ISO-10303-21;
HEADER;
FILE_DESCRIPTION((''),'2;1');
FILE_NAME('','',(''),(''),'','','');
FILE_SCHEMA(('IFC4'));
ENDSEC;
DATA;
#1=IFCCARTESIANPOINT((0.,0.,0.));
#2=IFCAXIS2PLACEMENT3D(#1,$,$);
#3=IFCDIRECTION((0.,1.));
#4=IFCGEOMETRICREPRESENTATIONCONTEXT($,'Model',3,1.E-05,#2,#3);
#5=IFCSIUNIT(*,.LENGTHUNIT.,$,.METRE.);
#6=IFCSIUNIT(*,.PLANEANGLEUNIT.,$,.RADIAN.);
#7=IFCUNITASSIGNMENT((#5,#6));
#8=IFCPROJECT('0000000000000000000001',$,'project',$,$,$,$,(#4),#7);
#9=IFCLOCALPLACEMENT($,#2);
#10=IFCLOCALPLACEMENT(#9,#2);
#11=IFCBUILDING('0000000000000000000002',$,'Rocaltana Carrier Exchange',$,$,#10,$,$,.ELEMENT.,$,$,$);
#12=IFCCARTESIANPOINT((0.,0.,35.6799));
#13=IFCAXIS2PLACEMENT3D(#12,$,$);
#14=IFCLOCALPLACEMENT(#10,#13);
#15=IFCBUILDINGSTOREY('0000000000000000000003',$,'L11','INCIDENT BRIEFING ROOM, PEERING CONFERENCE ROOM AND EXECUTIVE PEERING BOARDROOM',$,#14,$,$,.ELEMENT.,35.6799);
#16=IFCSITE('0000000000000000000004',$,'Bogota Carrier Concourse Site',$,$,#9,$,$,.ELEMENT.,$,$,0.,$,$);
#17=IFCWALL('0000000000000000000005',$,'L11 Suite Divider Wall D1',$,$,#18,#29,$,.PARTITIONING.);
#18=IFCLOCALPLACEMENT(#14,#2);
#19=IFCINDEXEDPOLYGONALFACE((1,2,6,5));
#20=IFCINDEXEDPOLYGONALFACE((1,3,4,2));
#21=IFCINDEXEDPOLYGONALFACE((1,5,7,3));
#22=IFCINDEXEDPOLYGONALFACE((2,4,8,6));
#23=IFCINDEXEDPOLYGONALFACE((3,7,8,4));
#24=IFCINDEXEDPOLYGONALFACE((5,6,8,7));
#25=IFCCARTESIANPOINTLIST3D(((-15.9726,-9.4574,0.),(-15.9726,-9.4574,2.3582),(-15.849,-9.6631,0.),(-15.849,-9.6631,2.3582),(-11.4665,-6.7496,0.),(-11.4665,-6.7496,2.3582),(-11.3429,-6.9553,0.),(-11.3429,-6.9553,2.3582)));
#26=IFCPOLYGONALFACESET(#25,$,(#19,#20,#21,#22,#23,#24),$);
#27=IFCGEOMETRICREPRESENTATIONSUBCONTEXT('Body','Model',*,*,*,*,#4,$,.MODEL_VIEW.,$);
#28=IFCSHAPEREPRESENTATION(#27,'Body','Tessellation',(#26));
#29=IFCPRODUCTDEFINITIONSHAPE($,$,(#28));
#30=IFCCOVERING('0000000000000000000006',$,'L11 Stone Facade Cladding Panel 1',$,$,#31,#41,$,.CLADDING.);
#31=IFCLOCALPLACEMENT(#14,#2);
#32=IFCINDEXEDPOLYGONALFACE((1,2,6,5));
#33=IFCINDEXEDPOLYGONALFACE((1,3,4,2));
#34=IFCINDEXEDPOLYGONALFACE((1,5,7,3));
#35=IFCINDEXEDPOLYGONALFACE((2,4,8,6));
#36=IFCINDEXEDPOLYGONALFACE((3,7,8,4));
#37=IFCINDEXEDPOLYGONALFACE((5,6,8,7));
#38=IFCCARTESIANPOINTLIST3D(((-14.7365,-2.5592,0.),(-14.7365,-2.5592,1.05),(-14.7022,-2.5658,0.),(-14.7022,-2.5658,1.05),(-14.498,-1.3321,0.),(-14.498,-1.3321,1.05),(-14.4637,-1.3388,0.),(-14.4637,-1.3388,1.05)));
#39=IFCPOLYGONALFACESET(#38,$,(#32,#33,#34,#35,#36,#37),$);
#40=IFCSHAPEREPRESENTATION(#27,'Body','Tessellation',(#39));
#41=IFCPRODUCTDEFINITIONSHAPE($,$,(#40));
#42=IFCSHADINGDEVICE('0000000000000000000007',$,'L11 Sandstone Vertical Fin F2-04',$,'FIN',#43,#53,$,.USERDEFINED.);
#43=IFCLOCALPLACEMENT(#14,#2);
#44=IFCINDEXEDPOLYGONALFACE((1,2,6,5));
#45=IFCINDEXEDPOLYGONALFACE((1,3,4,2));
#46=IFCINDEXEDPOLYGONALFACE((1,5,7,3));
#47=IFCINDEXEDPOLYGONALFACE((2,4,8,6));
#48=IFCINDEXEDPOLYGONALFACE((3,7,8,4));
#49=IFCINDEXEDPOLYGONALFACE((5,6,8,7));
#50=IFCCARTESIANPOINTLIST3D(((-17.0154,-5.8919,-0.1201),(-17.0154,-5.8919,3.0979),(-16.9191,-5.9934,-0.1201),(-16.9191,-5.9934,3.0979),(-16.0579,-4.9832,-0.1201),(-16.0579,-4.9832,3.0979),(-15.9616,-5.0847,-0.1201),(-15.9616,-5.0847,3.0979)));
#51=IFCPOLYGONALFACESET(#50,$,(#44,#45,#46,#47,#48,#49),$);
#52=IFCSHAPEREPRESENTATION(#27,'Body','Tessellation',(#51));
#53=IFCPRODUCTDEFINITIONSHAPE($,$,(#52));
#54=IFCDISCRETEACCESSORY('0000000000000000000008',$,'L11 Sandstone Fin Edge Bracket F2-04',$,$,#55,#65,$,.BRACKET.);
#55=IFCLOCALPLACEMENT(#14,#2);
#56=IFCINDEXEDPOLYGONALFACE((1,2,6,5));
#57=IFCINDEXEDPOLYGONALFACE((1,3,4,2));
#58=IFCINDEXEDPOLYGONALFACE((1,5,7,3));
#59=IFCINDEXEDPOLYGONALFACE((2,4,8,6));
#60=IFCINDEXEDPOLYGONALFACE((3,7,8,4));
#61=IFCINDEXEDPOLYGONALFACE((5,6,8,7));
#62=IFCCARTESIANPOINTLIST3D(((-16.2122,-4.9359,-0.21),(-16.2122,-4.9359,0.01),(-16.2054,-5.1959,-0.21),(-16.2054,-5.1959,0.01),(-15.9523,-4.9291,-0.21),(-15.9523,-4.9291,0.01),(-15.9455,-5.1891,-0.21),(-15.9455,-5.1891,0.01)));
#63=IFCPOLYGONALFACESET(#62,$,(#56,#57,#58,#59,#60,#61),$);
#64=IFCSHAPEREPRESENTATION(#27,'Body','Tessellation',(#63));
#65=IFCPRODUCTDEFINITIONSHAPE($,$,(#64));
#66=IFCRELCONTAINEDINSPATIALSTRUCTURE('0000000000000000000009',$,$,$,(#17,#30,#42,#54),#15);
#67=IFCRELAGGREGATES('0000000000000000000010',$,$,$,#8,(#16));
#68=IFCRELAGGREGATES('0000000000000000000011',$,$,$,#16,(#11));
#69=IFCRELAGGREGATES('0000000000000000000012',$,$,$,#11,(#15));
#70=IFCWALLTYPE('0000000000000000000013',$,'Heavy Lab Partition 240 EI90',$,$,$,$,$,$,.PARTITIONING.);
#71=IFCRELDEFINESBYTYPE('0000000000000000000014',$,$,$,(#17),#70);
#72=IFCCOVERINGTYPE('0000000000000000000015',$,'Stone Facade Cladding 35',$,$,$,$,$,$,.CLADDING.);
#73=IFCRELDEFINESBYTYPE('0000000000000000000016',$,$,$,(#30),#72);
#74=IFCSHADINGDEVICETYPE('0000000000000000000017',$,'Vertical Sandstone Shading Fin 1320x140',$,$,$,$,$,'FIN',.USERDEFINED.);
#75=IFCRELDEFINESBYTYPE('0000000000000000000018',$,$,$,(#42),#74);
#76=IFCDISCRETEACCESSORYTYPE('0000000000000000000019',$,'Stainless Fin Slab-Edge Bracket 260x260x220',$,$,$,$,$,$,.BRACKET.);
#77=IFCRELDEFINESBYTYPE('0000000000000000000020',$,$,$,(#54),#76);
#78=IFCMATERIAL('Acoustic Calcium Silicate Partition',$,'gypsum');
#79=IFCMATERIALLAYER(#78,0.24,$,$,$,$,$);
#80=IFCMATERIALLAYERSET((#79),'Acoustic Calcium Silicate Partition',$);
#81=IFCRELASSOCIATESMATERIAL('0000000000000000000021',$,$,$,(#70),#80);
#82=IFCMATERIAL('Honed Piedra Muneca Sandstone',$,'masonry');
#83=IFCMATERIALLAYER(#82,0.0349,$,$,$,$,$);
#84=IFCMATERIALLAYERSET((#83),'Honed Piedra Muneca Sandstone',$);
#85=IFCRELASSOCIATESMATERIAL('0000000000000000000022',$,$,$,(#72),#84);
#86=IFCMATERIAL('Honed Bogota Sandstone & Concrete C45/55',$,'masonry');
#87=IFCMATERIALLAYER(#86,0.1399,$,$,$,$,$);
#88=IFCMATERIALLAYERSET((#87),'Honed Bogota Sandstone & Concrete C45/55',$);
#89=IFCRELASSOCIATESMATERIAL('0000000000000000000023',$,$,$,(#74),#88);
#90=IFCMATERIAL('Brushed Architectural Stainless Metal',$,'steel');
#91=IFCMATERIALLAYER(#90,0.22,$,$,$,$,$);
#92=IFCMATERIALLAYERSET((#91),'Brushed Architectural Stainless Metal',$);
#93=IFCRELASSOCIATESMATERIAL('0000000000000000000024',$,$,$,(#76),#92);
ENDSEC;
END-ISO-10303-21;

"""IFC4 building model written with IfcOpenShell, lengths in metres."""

from ifc_helpers import new_model, si_unit, direction, frame, frame_2d, origin, origin_2d, place, context, subcontext, project, spatial, rectangle, extrude, material, layer, layer_set, type_object, element, save


model = new_model("IFC4")

# Units and contexts
model_context = context("Model", 3, precision=1e-05, world=origin(), true_north=direction((0.0, 1.0)))
body_context = subcontext(model_context, "Body", "Model", "MODEL_VIEW")
ifc_project = project(units=[si_unit("LENGTHUNIT", "METRE"), si_unit("PLANEANGLEUNIT", "RADIAN")], contexts=[model_context])

# Site, building, storey
site_placement = place(None, origin())
site = spatial("IfcSite", under=ifc_project, at=site_placement, Name="Bogota Carrier Concourse Site", CompositionType="ELEMENT", RefElevation=0.0)
building_placement = place(site_placement, origin())
building = spatial("IfcBuilding", under=site, at=building_placement, Name="Rocaltana Carrier Exchange", CompositionType="ELEMENT")
storey_placement = place(building_placement, frame((0.0, 0.0, 35.6799)))
storey = spatial("IfcBuildingStorey", under=building, at=storey_placement, Name="L11", Description="INCIDENT BRIEFING ROOM, PEERING CONFERENCE ROOM AND EXECUTIVE PEERING BOARDROOM", CompositionType="ELEMENT", Elevation=35.6799)

# Wall
ifc_material_1 = material(Name="Acoustic Calcium Silicate Partition", Category="gypsum")
ifc_layer_1 = layer(ifc_material_1, 0.24)
ifc_layer_set_1 = layer_set([ifc_layer_1], Name="Acoustic Calcium Silicate Partition")
wall_type_1 = type_object("IfcWallType", Name="Heavy Lab Partition 240 EI90", PredefinedType="PARTITIONING", material=ifc_layer_set_1)
wall_1_placement = place(storey_placement, frame((-11.4048, -6.8525, 0.0), z_axis=(0.0, 0.0, 1.0), x_axis=(-0.857149, -0.515069, 0.0)))
element("IfcWall", 1, at=wall_1_placement, inside=storey, type_object=wall_type_1, Name="L11 Suite Divider Wall D1", PredefinedType="PARTITIONING", context=body_context, shape_type="SweptSolid", body=[
    extrude(rectangle(XDim=5.2571, YDim=0.24, at=frame_2d((2.6284, 0.0))), origin(), (0.0, 0.0, 1.0), 2.3582),
])

# Covering
ifc_material_2 = material(Name="Honed Piedra Muneca Sandstone", Category="masonry")
ifc_layer_2 = layer(ifc_material_2, 0.0349)
ifc_layer_set_2 = layer_set([ifc_layer_2], Name="Honed Piedra Muneca Sandstone")
covering_type = type_object("IfcCoveringType", Name="Stone Facade Cladding 35", PredefinedType="CLADDING", material=ifc_layer_set_2)
covering_placement = place(storey_placement, frame((-14.6001, -1.949, 0.0), z_axis=(0.0, 0.0, 1.0), x_axis=(0.190809, 0.981627, 0.0)))
element("IfcCovering", 2, at=covering_placement, inside=storey, type_object=covering_type, Name="L11 Stone Facade Cladding Panel 1", PredefinedType="CLADDING", context=body_context, shape_type="SweptSolid", body=[
    extrude(rectangle(XDim=1.25, YDim=0.0349, at=origin_2d()), origin(), (0.0, 0.0, 1.0), 1.05),
])

# Shading device
ifc_material_3 = material(Name="Honed Bogota Sandstone & Concrete C45/55", Category="masonry")
ifc_layer_3 = layer(ifc_material_3, 0.1399)
ifc_layer_set_3 = layer_set([ifc_layer_3], Name="Honed Bogota Sandstone & Concrete C45/55")
shading_device_type = type_object("IfcShadingDeviceType", Name="Vertical Sandstone Shading Fin 1320x140", ElementType="FIN", PredefinedType="USERDEFINED", material=ifc_layer_set_3)
shading_device_placement = place(storey_placement, frame((-16.4885, -5.4883, -0.1201), z_axis=(0.0, 0.0, 1.0), x_axis=(-0.725374, -0.688355, 0.0)))
element("IfcShadingDevice", 3, at=shading_device_placement, inside=storey, type_object=shading_device_type, Name="L11 Sandstone Vertical Fin F2-04", ObjectType="FIN", PredefinedType="USERDEFINED", context=body_context, shape_type="SweptSolid", body=[
    extrude(rectangle(XDim=1.3201, YDim=0.1399, at=origin_2d()), origin(), (0.0, 0.0, 1.0), 3.218),
])

# Discrete accessory
ifc_material_4 = material(Name="Brushed Architectural Stainless Metal", Category="steel")
ifc_layer_4 = layer(ifc_material_4, 0.22)
ifc_layer_set_4 = layer_set([ifc_layer_4], Name="Brushed Architectural Stainless Metal")
discrete_accessory_type = type_object("IfcDiscreteAccessoryType", Name="Stainless Fin Slab-Edge Bracket 260x260x220", PredefinedType="BRACKET", material=ifc_layer_set_4)
discrete_accessory_placement = place(storey_placement, frame((-16.0789, -5.0625, -0.21), z_axis=(0.0, 0.0, 1.0), x_axis=(0.026177, -0.999657, 0.0)))
element("IfcDiscreteAccessory", 4, at=discrete_accessory_placement, inside=storey, type_object=discrete_accessory_type, Name="L11 Sandstone Fin Edge Bracket F2-04", PredefinedType="BRACKET", context=body_context, shape_type="SweptSolid", body=[
    extrude(rectangle(XDim=0.26, YDim=0.26, at=origin_2d()), origin(), (0.0, 0.0, 1.0), 0.22),
])

save(model, "model.ifc")
